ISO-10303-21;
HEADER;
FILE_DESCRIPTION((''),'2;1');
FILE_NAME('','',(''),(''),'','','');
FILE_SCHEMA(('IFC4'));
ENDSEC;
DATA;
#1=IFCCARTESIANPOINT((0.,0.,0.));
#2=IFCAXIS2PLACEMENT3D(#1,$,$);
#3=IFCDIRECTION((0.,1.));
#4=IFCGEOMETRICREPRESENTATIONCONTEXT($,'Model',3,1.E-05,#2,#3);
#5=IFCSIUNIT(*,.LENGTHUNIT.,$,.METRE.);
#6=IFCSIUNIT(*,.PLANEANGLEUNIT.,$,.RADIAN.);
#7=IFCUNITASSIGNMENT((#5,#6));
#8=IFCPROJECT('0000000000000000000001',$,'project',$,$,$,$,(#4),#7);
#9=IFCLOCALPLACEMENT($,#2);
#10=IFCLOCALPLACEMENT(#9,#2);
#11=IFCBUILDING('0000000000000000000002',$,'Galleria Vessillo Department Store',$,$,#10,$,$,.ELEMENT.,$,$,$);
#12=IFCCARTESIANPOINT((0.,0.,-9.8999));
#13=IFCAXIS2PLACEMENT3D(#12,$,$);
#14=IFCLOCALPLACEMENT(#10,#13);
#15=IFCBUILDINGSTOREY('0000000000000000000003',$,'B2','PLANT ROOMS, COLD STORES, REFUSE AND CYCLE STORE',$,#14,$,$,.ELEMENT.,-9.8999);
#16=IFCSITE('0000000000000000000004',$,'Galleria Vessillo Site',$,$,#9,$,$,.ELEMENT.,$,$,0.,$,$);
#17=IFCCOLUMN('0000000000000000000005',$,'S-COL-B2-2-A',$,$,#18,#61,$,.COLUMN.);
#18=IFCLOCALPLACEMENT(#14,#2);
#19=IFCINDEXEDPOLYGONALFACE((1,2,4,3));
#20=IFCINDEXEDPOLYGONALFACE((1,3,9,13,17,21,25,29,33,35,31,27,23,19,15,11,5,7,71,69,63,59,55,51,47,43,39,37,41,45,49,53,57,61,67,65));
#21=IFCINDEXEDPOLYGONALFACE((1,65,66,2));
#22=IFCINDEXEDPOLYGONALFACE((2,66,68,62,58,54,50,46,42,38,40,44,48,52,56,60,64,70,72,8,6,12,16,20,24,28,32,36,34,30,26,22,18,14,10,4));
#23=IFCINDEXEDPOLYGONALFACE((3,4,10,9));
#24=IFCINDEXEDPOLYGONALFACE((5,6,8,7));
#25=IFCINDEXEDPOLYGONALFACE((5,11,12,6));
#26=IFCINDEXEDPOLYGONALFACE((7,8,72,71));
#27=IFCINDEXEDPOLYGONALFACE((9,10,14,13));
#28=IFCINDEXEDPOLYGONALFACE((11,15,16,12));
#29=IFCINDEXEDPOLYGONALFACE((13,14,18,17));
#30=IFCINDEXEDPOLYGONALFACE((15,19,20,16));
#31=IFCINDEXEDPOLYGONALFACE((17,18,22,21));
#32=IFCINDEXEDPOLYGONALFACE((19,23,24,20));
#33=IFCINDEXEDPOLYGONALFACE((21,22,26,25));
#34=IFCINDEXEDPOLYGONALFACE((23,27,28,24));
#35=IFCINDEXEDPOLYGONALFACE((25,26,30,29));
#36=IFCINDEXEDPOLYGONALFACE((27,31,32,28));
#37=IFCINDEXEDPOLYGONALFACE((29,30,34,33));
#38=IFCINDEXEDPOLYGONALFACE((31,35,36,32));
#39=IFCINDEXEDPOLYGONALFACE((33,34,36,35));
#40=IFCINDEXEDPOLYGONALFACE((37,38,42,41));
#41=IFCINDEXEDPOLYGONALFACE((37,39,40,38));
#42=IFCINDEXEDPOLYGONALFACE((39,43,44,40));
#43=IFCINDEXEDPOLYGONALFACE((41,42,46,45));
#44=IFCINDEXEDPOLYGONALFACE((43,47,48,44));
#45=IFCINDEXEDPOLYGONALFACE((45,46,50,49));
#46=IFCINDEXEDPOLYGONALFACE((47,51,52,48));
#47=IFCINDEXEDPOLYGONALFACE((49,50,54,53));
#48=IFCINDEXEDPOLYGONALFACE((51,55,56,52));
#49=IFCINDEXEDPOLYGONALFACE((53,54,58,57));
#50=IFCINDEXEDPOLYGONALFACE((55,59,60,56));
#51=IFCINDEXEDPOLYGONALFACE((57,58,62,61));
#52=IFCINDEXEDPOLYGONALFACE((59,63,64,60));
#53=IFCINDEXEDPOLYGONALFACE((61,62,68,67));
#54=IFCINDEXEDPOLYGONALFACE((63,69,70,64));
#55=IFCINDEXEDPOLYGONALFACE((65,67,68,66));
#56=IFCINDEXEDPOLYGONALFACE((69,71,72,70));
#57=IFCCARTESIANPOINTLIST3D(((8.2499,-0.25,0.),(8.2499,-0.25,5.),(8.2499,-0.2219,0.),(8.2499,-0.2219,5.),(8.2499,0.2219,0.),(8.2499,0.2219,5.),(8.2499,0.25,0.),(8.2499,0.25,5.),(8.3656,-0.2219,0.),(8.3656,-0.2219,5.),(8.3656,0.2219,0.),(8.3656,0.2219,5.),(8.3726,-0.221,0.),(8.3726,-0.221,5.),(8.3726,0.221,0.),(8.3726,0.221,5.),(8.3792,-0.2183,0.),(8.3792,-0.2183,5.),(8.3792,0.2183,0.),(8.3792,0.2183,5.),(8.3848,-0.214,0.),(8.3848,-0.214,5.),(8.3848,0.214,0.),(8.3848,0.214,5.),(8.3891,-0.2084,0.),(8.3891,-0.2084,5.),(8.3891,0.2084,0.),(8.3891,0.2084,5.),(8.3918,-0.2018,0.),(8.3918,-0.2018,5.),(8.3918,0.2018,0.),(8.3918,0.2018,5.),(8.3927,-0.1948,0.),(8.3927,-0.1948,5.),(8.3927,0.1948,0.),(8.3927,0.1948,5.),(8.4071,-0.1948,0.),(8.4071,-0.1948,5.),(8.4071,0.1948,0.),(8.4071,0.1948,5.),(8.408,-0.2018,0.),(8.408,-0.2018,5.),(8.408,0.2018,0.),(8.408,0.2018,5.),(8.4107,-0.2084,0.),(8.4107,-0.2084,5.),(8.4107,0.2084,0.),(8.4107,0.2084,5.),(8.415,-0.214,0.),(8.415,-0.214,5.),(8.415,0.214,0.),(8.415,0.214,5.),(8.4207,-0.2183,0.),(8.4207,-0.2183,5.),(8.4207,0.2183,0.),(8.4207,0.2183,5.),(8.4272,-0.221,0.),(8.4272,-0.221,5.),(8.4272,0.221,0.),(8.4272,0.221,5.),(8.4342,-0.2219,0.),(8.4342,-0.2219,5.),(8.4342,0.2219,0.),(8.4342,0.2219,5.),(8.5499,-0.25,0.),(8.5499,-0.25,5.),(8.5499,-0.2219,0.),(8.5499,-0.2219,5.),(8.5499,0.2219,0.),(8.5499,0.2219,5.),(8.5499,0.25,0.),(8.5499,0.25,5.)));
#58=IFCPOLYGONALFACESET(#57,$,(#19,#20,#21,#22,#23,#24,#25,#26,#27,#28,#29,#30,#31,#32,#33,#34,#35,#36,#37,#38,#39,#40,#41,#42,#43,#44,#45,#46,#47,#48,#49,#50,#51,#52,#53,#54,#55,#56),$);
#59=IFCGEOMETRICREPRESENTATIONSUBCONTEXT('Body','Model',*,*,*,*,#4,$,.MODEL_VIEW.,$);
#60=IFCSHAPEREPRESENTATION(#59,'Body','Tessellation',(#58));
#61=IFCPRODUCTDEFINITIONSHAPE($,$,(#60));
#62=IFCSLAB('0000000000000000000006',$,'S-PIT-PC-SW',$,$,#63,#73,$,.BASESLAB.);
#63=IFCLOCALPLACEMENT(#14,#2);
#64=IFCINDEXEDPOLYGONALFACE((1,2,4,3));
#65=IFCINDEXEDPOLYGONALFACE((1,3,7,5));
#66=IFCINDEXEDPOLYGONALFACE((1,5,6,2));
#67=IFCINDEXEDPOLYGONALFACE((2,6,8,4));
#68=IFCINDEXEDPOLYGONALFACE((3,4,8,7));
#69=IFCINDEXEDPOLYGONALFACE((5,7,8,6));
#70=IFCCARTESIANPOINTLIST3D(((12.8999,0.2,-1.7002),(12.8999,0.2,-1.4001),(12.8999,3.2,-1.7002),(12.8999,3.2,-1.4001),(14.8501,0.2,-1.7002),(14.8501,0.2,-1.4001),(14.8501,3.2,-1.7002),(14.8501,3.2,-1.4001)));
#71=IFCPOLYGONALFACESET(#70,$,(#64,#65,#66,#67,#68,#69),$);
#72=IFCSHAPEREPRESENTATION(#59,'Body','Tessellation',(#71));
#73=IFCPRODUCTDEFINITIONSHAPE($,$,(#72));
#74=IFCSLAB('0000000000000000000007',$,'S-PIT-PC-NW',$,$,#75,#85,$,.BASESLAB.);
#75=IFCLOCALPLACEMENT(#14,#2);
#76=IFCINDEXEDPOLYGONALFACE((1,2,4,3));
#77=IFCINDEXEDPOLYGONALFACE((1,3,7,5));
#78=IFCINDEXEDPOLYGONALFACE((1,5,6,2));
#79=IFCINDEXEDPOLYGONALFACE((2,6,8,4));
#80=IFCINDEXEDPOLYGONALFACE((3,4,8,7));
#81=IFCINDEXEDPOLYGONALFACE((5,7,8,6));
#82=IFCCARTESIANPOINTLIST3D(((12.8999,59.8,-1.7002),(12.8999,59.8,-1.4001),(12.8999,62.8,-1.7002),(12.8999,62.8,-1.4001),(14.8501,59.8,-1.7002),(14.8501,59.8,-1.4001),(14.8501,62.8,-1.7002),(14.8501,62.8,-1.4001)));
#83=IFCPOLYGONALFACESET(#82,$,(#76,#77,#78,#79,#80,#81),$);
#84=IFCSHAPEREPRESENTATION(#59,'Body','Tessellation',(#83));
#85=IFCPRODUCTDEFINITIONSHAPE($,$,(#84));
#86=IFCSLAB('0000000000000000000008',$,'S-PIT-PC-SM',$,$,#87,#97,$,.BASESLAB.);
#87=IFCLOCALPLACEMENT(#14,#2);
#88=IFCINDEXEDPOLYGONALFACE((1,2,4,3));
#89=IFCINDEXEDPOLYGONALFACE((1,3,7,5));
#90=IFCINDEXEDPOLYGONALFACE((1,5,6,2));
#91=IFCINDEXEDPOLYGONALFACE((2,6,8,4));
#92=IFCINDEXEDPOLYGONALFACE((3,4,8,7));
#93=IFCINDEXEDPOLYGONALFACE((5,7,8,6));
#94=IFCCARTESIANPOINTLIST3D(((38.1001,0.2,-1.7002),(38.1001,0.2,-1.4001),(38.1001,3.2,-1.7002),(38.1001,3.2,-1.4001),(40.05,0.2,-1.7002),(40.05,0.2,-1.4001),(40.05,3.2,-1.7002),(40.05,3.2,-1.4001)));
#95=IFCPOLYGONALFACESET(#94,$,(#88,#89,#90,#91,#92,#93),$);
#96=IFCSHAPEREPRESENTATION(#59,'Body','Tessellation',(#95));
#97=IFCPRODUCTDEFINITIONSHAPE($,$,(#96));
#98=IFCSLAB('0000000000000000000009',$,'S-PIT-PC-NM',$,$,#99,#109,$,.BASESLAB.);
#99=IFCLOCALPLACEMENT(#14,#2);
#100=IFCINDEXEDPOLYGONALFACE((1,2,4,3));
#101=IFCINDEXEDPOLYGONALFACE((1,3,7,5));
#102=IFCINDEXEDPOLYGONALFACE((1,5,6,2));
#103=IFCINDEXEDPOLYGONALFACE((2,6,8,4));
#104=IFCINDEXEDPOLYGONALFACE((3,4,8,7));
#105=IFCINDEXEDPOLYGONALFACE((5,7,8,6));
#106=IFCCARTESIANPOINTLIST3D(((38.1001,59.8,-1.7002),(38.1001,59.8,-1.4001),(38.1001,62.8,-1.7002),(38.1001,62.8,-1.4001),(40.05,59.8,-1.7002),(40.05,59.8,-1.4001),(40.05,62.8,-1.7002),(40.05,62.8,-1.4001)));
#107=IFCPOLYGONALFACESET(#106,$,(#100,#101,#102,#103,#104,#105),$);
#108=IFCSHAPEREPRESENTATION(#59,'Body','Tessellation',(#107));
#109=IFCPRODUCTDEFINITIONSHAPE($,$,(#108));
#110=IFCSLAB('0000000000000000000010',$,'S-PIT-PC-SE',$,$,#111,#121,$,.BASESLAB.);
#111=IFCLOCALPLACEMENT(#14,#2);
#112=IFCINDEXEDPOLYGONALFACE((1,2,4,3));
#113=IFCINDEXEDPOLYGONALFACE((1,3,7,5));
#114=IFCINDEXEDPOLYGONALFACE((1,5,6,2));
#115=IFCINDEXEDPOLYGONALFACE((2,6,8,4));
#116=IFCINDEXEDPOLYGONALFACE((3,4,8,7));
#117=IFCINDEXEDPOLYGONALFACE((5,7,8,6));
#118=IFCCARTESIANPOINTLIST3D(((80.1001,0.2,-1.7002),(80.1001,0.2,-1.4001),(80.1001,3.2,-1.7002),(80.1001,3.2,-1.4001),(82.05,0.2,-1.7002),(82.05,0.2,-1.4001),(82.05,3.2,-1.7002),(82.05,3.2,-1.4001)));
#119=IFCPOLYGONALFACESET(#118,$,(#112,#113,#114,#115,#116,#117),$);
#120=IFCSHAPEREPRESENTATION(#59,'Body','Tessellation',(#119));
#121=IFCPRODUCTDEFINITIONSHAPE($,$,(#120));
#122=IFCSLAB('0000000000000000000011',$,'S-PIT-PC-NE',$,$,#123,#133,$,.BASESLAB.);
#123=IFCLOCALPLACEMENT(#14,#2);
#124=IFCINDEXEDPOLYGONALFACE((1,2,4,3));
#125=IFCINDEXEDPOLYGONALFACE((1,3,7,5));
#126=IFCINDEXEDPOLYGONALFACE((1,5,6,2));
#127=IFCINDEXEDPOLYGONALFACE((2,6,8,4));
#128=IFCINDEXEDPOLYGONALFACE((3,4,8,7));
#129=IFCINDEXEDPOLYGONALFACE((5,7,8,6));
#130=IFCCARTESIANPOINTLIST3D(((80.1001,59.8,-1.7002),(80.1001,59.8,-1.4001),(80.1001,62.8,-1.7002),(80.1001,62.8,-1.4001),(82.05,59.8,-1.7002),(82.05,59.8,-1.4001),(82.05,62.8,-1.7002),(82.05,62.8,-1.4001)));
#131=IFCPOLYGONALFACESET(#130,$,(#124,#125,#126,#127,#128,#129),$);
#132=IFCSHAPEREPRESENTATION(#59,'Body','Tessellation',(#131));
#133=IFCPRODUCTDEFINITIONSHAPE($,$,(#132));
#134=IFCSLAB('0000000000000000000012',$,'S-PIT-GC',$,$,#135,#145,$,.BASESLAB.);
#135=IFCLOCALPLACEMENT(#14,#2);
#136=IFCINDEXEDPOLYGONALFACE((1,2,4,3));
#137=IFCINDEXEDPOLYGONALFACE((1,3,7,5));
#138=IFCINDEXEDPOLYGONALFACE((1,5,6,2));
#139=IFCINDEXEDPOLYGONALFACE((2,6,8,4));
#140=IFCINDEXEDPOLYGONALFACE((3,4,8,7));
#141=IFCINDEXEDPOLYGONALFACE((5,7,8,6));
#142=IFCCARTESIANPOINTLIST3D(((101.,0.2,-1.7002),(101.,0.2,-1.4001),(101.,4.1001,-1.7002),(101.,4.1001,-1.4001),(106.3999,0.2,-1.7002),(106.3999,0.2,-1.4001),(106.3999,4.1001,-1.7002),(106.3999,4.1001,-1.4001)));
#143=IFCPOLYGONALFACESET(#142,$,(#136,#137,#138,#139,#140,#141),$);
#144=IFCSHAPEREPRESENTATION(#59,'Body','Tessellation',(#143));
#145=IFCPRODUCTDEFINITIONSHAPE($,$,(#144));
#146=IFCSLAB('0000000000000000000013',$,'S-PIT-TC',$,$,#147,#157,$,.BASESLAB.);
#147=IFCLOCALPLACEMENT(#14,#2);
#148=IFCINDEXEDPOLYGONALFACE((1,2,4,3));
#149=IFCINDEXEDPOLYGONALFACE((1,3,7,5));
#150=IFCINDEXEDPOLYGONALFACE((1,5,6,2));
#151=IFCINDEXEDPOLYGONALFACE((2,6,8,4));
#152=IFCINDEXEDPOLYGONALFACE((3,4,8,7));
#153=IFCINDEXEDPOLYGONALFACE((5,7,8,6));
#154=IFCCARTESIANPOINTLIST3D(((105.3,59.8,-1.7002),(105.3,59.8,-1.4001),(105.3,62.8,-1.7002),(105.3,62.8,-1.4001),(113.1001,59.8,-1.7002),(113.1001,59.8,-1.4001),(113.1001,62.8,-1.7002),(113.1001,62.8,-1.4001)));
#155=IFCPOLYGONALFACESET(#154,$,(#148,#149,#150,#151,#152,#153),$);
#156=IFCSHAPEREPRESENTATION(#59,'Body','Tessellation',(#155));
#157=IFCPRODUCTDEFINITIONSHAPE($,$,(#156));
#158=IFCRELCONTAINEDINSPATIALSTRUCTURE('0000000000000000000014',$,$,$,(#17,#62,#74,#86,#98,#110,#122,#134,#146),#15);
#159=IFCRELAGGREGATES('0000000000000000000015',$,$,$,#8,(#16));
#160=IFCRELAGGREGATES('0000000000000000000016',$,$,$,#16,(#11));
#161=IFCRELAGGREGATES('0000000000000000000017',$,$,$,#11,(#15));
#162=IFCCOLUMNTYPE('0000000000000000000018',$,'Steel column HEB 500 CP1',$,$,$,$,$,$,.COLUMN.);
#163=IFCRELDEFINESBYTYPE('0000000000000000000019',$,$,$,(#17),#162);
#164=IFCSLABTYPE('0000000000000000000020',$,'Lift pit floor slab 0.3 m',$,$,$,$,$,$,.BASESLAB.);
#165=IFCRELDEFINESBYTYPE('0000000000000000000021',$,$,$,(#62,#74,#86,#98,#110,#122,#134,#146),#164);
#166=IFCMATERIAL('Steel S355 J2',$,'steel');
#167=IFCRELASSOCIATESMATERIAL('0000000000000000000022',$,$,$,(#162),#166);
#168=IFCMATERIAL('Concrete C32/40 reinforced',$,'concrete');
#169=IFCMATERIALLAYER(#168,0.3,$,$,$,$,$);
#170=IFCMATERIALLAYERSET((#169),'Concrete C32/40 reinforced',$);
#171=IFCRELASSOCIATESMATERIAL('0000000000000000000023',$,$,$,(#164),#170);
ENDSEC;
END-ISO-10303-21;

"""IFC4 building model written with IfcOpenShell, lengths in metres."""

from ifc_helpers import new_model, si_unit, direction, frame, origin, origin_2d, place, context, subcontext, project, spatial, polyline, i_section, outline, extrude, material, layer, layer_set, material_profile, profile_set, type_object, element, save


model = new_model("IFC4")

# Units and contexts
model_context = context("Model", 3, precision=1e-05, world=origin(), true_north=direction((0.0, 1.0)))
body_context = subcontext(model_context, "Body", "Model", "MODEL_VIEW")
ifc_project = project(units=[si_unit("LENGTHUNIT", "METRE"), si_unit("PLANEANGLEUNIT", "RADIAN")], contexts=[model_context])

# Site, building, storey
site_placement = place(None, origin())
site = spatial("IfcSite", under=ifc_project, at=site_placement, Name="Galleria Vessillo Site", CompositionType="ELEMENT", RefElevation=0.0)
building_placement = place(site_placement, origin())
building = spatial("IfcBuilding", under=site, at=building_placement, Name="Galleria Vessillo Department Store", CompositionType="ELEMENT")
storey_placement = place(building_placement, frame((0.0, 0.0, -9.8999)))
storey = spatial("IfcBuildingStorey", under=building, at=storey_placement, Name="B2", Description="PLANT ROOMS, COLD STORES, REFUSE AND CYCLE STORE", CompositionType="ELEMENT", Elevation=-9.8999)

# Column
ifc_material_1 = material(Name="Steel S355 J2", Category="steel")
ifc_material_profile_1 = material_profile(ifc_material_1, i_section(OverallWidth=0.3, OverallDepth=0.5, WebThickness=0.0144, FlangeThickness=0.0281, FilletRadius=0.0271, at=origin_2d()), Name="HEB 500")
ifc_profile_set_1 = profile_set([ifc_material_profile_1], Name="Steel S355 J2")
column_type = type_object("IfcColumnType", Name="Steel column HEB 500 CP1", PredefinedType="COLUMN", material=ifc_profile_set_1)
for number, where, z_axis, x_axis, name in (
    (1, (8.3999, 0.0, 0.0), (0.0, 0.0, 1.0), (1.0, 0.0, 0.0), "S-COL-B2-2-A"),
):
    element("IfcColumn", number, at=place(storey_placement, frame(where, z_axis=z_axis, x_axis=x_axis)), inside=storey, type_object=column_type, Name=name, PredefinedType="COLUMN", context=body_context, shape_type="SweptSolid", body=[
        extrude(i_section(OverallWidth=0.3, OverallDepth=0.5, WebThickness=0.0144, FlangeThickness=0.0281, FilletRadius=0.0271, at=origin_2d()), origin(), (0.0, 0.0, 1.0), 5.0),
    ])

# Slabs
ifc_material_2 = material(Name="Concrete C32/40 reinforced", Category="concrete")
ifc_layer_1 = layer(ifc_material_2, 0.3)
ifc_layer_set_1 = layer_set([ifc_layer_1], Name="Concrete C32/40 reinforced")
slab_type_1 = type_object("IfcSlabType", Name="Lift pit floor slab 0.3 m", PredefinedType="BASESLAB", material=ifc_layer_set_1)
slab_1_placement = place(storey_placement, frame((0.0, 0.0, -1.7002)))
element("IfcSlab", 2, at=slab_1_placement, inside=storey, type_object=slab_type_1, Name="S-PIT-PC-SW", PredefinedType="BASESLAB", context=body_context, shape_type="SweptSolid", body=[
    extrude(outline(polyline([(12.8999, 0.2), (14.8501, 0.2), (14.8501, 3.2), (12.8999, 3.2), (12.8999, 0.2)])), origin(), (0.0, 0.0, 1.0), 0.3),
])
slab_2_placement = place(storey_placement, frame((0.0, 0.0, -1.7002)))
element("IfcSlab", 3, at=slab_2_placement, inside=storey, type_object=slab_type_1, Name="S-PIT-PC-NW", PredefinedType="BASESLAB", context=body_context, shape_type="SweptSolid", body=[
    extrude(outline(polyline([(12.8999, 59.8), (14.8501, 59.8), (14.8501, 62.8), (12.8999, 62.8), (12.8999, 59.8)])), origin(), (0.0, 0.0, 1.0), 0.3),
])
slab_3_placement = place(storey_placement, frame((0.0, 0.0, -1.7002)))
element("IfcSlab", 4, at=slab_3_placement, inside=storey, type_object=slab_type_1, Name="S-PIT-PC-SM", PredefinedType="BASESLAB", context=body_context, shape_type="SweptSolid", body=[
    extrude(outline(polyline([(38.1001, 0.2), (40.05, 0.2), (40.05, 3.2), (38.1001, 3.2), (38.1001, 0.2)])), origin(), (0.0, 0.0, 1.0), 0.3),
])
slab_4_placement = place(storey_placement, frame((0.0, 0.0, -1.7002)))
element("IfcSlab", 5, at=slab_4_placement, inside=storey, type_object=slab_type_1, Name="S-PIT-PC-NM", PredefinedType="BASESLAB", context=body_context, shape_type="SweptSolid", body=[
    extrude(outline(polyline([(38.1001, 59.8), (40.05, 59.8), (40.05, 62.8), (38.1001, 62.8), (38.1001, 59.8)])), origin(), (0.0, 0.0, 1.0), 0.3),
])
slab_5_placement = place(storey_placement, frame((0.0, 0.0, -1.7002)))
element("IfcSlab", 6, at=slab_5_placement, inside=storey, type_object=slab_type_1, Name="S-PIT-PC-SE", PredefinedType="BASESLAB", context=body_context, shape_type="SweptSolid", body=[
    extrude(outline(polyline([(80.1001, 0.2), (82.05, 0.2), (82.05, 3.2), (80.1001, 3.2), (80.1001, 0.2)])), origin(), (0.0, 0.0, 1.0), 0.3),
])
slab_6_placement = place(storey_placement, frame((0.0, 0.0, -1.7002)))
element("IfcSlab", 7, at=slab_6_placement, inside=storey, type_object=slab_type_1, Name="S-PIT-PC-NE", PredefinedType="BASESLAB", context=body_context, shape_type="SweptSolid", body=[
    extrude(outline(polyline([(80.1001, 59.8), (82.05, 59.8), (82.05, 62.8), (80.1001, 62.8), (80.1001, 59.8)])), origin(), (0.0, 0.0, 1.0), 0.3),
])
slab_7_placement = place(storey_placement, frame((0.0, 0.0, -1.7002)))
element("IfcSlab", 8, at=slab_7_placement, inside=storey, type_object=slab_type_1, Name="S-PIT-GC", PredefinedType="BASESLAB", context=body_context, shape_type="SweptSolid", body=[
    extrude(outline(polyline([(101.0, 0.2), (106.3999, 0.2), (106.3999, 4.1001), (101.0, 4.1001), (101.0, 0.2)])), origin(), (0.0, 0.0, 1.0), 0.3),
])
slab_8_placement = place(storey_placement, frame((0.0, 0.0, -1.7002)))
element("IfcSlab", 9, at=slab_8_placement, inside=storey, type_object=slab_type_1, Name="S-PIT-TC", PredefinedType="BASESLAB", context=body_context, shape_type="SweptSolid", body=[
    extrude(outline(polyline([(105.3, 59.8), (113.1001, 59.8), (113.1001, 62.8), (105.3, 62.8), (105.3, 59.8)])), origin(), (0.0, 0.0, 1.0), 0.3),
])

save(model, "model.ifc")
